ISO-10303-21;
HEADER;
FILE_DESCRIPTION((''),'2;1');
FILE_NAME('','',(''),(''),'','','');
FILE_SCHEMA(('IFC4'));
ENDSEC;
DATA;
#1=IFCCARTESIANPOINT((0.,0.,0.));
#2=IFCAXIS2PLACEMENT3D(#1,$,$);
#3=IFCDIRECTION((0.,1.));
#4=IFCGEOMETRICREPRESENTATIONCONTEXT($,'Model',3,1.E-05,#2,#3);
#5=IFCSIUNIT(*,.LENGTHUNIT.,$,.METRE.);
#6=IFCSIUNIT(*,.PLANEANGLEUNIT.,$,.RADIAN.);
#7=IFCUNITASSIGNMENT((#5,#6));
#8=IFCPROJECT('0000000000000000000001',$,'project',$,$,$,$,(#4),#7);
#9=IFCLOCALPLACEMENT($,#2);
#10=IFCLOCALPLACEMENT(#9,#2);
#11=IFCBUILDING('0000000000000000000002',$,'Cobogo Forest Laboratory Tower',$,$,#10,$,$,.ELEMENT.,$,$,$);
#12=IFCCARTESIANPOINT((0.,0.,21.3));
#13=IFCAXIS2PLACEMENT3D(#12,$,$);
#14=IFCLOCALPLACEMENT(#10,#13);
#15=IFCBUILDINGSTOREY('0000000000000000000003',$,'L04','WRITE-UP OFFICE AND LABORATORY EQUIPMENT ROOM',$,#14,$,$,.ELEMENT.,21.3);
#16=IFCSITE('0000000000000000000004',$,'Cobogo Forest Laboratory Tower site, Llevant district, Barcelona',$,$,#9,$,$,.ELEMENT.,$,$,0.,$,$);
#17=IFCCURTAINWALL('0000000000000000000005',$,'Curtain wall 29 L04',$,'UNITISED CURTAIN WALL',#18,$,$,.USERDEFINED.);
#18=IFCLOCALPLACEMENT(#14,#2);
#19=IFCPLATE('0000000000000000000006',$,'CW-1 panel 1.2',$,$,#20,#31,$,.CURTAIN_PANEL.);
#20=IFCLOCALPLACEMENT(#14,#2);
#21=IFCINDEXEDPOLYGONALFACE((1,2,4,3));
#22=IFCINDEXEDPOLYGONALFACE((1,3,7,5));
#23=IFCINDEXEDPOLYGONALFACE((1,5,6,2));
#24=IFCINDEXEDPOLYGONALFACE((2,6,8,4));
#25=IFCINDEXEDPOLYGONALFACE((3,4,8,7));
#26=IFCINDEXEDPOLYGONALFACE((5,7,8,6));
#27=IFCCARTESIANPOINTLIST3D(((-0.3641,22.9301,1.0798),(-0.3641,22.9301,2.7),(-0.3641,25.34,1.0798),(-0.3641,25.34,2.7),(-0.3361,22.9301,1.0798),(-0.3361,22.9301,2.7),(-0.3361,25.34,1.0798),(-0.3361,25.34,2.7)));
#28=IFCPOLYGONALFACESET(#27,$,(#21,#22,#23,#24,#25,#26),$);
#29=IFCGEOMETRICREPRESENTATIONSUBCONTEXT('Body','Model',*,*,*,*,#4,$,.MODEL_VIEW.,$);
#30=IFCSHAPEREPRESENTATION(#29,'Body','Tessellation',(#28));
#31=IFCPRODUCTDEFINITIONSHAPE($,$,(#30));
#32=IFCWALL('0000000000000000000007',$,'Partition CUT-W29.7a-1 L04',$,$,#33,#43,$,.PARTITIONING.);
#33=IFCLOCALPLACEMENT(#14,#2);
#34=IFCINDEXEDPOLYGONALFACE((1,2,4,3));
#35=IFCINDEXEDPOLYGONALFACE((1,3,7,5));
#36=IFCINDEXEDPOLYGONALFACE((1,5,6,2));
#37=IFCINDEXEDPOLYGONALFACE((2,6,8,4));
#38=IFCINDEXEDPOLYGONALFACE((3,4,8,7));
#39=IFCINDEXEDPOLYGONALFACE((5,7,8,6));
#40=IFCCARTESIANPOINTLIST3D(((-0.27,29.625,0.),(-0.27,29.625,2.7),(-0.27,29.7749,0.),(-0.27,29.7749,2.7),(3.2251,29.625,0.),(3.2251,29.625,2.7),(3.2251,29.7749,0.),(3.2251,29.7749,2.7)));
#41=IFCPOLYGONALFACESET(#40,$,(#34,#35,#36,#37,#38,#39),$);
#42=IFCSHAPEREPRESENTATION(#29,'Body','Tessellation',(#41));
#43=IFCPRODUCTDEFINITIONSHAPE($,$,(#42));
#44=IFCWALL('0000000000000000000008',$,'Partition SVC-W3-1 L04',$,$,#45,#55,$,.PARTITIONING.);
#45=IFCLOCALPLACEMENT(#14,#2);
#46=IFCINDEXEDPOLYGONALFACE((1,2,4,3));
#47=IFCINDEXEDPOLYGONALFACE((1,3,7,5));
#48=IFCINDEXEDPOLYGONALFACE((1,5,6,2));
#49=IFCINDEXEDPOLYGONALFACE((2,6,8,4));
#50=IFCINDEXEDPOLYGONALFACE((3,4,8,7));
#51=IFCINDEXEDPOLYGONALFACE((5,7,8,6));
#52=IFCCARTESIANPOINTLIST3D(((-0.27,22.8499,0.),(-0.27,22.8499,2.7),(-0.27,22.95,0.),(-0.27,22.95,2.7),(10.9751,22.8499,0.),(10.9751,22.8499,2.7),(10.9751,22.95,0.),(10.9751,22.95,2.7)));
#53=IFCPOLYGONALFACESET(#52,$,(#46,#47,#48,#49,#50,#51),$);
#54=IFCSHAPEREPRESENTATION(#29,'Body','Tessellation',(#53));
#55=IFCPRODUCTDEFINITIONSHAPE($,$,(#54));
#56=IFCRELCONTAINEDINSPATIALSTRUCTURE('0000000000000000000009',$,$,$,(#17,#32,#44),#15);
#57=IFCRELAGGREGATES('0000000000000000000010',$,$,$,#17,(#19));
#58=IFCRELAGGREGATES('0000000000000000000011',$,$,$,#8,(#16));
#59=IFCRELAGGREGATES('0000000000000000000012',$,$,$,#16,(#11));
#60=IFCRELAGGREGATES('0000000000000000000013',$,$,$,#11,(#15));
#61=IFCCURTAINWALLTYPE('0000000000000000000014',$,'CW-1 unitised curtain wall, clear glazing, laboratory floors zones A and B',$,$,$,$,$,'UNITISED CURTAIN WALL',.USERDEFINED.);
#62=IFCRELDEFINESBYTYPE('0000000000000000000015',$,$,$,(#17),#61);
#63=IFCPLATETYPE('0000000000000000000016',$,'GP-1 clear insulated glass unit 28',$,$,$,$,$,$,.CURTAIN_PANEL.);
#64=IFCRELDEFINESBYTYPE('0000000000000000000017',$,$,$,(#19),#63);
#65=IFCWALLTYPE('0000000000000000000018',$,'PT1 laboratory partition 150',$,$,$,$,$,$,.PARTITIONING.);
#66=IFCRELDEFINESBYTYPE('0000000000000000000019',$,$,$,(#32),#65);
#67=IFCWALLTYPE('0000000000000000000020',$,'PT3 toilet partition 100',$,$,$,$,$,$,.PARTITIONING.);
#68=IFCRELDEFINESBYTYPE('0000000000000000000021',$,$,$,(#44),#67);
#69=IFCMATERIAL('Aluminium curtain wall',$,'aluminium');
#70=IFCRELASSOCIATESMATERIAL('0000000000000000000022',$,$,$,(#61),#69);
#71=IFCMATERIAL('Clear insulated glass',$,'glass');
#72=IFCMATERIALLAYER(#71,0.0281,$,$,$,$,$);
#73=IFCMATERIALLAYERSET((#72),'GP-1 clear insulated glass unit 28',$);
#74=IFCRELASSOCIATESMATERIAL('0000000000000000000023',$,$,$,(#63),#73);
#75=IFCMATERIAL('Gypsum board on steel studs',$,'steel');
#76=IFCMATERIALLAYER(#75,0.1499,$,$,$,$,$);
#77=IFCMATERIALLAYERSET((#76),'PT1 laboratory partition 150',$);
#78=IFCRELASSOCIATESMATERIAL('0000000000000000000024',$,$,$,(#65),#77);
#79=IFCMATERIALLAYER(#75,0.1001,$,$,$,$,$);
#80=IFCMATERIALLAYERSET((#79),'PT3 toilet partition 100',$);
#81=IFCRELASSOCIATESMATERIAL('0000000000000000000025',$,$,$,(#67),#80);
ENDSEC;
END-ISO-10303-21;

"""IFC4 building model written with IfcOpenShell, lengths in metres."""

from ifc_helpers import new_model, si_unit, direction, frame, frame_2d, origin, origin_2d, place, context, subcontext, project, spatial, rectangle, extrude, material, layer, layer_set, type_object, element, aggregate, save


model = new_model("IFC4")

# Units and contexts
model_context = context("Model", 3, precision=1e-05, world=origin(), true_north=direction((0.0, 1.0)))
body_context = subcontext(model_context, "Body", "Model", "MODEL_VIEW")
ifc_project = project(units=[si_unit("LENGTHUNIT", "METRE"), si_unit("PLANEANGLEUNIT", "RADIAN")], contexts=[model_context])

# Site, building, storey
site_placement = place(None, origin())
site = spatial("IfcSite", under=ifc_project, at=site_placement, Name="Cobogo Forest Laboratory Tower site, Llevant district, Barcelona", CompositionType="ELEMENT", RefElevation=0.0)
building_placement = place(site_placement, origin())
building = spatial("IfcBuilding", under=site, at=building_placement, Name="Cobogo Forest Laboratory Tower", CompositionType="ELEMENT")
storey_placement = place(building_placement, frame((0.0, 0.0, 21.3)))
storey = spatial("IfcBuildingStorey", under=building, at=storey_placement, Name="L04", Description="WRITE-UP OFFICE AND LABORATORY EQUIPMENT ROOM", CompositionType="ELEMENT", Elevation=21.3)

# Shared definitions
ifc_material_1 = material(Name="Aluminium curtain wall", Category="aluminium")
curtain_wall_type = type_object("IfcCurtainWallType", Name="CW-1 unitised curtain wall, clear glazing, laboratory floors zones A and B", ElementType="UNITISED CURTAIN WALL", PredefinedType="USERDEFINED", material=ifc_material_1)

# Curtain wall
curtain_wall_1_placement = place(storey_placement, origin())
curtain_wall_1 = element("IfcCurtainWall", 1, at=curtain_wall_1_placement, inside=storey, type_object=curtain_wall_type, Name="Curtain wall 29 L04", ObjectType="UNITISED CURTAIN WALL", PredefinedType="USERDEFINED")

# Plate
ifc_material_2 = material(Name="Clear insulated glass", Category="glass")
ifc_layer_1 = layer(ifc_material_2, 0.0281)
ifc_layer_set_1 = layer_set([ifc_layer_1], Name="GP-1 clear insulated glass unit 28")
plate_type_1 = type_object("IfcPlateType", Name="GP-1 clear insulated glass unit 28", PredefinedType="CURTAIN_PANEL", material=ifc_layer_set_1)
plate_1_placement = place(storey_placement, frame((-0.3501, 24.135, 1.0798), z_axis=(0.0, 0.0, 1.0), x_axis=(0.0, -1.0, 0.0)))
plate_1 = element("IfcPlate", 2, at=plate_1_placement, type_object=plate_type_1, Name="CW-1 panel 1.2", PredefinedType="CURTAIN_PANEL", context=body_context, shape_type="SweptSolid", body=[
    extrude(rectangle(XDim=2.4099, YDim=0.0281, at=origin_2d()), origin(), (0.0, 0.0, 1.0), 1.6201),
])
aggregate(curtain_wall_1, [plate_1])

# Walls
ifc_material_3 = material(Name="Gypsum board on steel studs", Category="steel")
ifc_layer_2 = layer(ifc_material_3, 0.1499)
ifc_layer_set_2 = layer_set([ifc_layer_2], Name="PT1 laboratory partition 150")
wall_type_1 = type_object("IfcWallType", Name="PT1 laboratory partition 150", PredefinedType="PARTITIONING", material=ifc_layer_set_2)
wall_1_placement = place(storey_placement, frame((-0.27, 29.7, 0.0), z_axis=(0.0, 0.0, 1.0), x_axis=(1.0, 0.0, 0.0)))
element("IfcWall", 3, at=wall_1_placement, inside=storey, type_object=wall_type_1, Name="Partition CUT-W29.7a-1 L04", PredefinedType="PARTITIONING", context=body_context, shape_type="SweptSolid", body=[
    extrude(rectangle(XDim=3.4951, YDim=0.1499, at=frame_2d((1.7476, 0.0))), origin(), (0.0, 0.0, 1.0), 2.7),
])
ifc_layer_3 = layer(ifc_material_3, 0.1001)
ifc_layer_set_3 = layer_set([ifc_layer_3], Name="PT3 toilet partition 100")
wall_type_2 = type_object("IfcWallType", Name="PT3 toilet partition 100", PredefinedType="PARTITIONING", material=ifc_layer_set_3)
wall_2_placement = place(storey_placement, frame((-0.27, 22.8999, 0.0), z_axis=(0.0, 0.0, 1.0), x_axis=(1.0, 0.0, 0.0)))
element("IfcWall", 4, at=wall_2_placement, inside=storey, type_object=wall_type_2, Name="Partition SVC-W3-1 L04", PredefinedType="PARTITIONING", context=body_context, shape_type="SweptSolid", body=[
    extrude(rectangle(XDim=11.2451, YDim=0.1001, at=frame_2d((5.6226, 0.0))), origin(), (0.0, 0.0, 1.0), 2.7),
])

save(model, "model.ifc")
